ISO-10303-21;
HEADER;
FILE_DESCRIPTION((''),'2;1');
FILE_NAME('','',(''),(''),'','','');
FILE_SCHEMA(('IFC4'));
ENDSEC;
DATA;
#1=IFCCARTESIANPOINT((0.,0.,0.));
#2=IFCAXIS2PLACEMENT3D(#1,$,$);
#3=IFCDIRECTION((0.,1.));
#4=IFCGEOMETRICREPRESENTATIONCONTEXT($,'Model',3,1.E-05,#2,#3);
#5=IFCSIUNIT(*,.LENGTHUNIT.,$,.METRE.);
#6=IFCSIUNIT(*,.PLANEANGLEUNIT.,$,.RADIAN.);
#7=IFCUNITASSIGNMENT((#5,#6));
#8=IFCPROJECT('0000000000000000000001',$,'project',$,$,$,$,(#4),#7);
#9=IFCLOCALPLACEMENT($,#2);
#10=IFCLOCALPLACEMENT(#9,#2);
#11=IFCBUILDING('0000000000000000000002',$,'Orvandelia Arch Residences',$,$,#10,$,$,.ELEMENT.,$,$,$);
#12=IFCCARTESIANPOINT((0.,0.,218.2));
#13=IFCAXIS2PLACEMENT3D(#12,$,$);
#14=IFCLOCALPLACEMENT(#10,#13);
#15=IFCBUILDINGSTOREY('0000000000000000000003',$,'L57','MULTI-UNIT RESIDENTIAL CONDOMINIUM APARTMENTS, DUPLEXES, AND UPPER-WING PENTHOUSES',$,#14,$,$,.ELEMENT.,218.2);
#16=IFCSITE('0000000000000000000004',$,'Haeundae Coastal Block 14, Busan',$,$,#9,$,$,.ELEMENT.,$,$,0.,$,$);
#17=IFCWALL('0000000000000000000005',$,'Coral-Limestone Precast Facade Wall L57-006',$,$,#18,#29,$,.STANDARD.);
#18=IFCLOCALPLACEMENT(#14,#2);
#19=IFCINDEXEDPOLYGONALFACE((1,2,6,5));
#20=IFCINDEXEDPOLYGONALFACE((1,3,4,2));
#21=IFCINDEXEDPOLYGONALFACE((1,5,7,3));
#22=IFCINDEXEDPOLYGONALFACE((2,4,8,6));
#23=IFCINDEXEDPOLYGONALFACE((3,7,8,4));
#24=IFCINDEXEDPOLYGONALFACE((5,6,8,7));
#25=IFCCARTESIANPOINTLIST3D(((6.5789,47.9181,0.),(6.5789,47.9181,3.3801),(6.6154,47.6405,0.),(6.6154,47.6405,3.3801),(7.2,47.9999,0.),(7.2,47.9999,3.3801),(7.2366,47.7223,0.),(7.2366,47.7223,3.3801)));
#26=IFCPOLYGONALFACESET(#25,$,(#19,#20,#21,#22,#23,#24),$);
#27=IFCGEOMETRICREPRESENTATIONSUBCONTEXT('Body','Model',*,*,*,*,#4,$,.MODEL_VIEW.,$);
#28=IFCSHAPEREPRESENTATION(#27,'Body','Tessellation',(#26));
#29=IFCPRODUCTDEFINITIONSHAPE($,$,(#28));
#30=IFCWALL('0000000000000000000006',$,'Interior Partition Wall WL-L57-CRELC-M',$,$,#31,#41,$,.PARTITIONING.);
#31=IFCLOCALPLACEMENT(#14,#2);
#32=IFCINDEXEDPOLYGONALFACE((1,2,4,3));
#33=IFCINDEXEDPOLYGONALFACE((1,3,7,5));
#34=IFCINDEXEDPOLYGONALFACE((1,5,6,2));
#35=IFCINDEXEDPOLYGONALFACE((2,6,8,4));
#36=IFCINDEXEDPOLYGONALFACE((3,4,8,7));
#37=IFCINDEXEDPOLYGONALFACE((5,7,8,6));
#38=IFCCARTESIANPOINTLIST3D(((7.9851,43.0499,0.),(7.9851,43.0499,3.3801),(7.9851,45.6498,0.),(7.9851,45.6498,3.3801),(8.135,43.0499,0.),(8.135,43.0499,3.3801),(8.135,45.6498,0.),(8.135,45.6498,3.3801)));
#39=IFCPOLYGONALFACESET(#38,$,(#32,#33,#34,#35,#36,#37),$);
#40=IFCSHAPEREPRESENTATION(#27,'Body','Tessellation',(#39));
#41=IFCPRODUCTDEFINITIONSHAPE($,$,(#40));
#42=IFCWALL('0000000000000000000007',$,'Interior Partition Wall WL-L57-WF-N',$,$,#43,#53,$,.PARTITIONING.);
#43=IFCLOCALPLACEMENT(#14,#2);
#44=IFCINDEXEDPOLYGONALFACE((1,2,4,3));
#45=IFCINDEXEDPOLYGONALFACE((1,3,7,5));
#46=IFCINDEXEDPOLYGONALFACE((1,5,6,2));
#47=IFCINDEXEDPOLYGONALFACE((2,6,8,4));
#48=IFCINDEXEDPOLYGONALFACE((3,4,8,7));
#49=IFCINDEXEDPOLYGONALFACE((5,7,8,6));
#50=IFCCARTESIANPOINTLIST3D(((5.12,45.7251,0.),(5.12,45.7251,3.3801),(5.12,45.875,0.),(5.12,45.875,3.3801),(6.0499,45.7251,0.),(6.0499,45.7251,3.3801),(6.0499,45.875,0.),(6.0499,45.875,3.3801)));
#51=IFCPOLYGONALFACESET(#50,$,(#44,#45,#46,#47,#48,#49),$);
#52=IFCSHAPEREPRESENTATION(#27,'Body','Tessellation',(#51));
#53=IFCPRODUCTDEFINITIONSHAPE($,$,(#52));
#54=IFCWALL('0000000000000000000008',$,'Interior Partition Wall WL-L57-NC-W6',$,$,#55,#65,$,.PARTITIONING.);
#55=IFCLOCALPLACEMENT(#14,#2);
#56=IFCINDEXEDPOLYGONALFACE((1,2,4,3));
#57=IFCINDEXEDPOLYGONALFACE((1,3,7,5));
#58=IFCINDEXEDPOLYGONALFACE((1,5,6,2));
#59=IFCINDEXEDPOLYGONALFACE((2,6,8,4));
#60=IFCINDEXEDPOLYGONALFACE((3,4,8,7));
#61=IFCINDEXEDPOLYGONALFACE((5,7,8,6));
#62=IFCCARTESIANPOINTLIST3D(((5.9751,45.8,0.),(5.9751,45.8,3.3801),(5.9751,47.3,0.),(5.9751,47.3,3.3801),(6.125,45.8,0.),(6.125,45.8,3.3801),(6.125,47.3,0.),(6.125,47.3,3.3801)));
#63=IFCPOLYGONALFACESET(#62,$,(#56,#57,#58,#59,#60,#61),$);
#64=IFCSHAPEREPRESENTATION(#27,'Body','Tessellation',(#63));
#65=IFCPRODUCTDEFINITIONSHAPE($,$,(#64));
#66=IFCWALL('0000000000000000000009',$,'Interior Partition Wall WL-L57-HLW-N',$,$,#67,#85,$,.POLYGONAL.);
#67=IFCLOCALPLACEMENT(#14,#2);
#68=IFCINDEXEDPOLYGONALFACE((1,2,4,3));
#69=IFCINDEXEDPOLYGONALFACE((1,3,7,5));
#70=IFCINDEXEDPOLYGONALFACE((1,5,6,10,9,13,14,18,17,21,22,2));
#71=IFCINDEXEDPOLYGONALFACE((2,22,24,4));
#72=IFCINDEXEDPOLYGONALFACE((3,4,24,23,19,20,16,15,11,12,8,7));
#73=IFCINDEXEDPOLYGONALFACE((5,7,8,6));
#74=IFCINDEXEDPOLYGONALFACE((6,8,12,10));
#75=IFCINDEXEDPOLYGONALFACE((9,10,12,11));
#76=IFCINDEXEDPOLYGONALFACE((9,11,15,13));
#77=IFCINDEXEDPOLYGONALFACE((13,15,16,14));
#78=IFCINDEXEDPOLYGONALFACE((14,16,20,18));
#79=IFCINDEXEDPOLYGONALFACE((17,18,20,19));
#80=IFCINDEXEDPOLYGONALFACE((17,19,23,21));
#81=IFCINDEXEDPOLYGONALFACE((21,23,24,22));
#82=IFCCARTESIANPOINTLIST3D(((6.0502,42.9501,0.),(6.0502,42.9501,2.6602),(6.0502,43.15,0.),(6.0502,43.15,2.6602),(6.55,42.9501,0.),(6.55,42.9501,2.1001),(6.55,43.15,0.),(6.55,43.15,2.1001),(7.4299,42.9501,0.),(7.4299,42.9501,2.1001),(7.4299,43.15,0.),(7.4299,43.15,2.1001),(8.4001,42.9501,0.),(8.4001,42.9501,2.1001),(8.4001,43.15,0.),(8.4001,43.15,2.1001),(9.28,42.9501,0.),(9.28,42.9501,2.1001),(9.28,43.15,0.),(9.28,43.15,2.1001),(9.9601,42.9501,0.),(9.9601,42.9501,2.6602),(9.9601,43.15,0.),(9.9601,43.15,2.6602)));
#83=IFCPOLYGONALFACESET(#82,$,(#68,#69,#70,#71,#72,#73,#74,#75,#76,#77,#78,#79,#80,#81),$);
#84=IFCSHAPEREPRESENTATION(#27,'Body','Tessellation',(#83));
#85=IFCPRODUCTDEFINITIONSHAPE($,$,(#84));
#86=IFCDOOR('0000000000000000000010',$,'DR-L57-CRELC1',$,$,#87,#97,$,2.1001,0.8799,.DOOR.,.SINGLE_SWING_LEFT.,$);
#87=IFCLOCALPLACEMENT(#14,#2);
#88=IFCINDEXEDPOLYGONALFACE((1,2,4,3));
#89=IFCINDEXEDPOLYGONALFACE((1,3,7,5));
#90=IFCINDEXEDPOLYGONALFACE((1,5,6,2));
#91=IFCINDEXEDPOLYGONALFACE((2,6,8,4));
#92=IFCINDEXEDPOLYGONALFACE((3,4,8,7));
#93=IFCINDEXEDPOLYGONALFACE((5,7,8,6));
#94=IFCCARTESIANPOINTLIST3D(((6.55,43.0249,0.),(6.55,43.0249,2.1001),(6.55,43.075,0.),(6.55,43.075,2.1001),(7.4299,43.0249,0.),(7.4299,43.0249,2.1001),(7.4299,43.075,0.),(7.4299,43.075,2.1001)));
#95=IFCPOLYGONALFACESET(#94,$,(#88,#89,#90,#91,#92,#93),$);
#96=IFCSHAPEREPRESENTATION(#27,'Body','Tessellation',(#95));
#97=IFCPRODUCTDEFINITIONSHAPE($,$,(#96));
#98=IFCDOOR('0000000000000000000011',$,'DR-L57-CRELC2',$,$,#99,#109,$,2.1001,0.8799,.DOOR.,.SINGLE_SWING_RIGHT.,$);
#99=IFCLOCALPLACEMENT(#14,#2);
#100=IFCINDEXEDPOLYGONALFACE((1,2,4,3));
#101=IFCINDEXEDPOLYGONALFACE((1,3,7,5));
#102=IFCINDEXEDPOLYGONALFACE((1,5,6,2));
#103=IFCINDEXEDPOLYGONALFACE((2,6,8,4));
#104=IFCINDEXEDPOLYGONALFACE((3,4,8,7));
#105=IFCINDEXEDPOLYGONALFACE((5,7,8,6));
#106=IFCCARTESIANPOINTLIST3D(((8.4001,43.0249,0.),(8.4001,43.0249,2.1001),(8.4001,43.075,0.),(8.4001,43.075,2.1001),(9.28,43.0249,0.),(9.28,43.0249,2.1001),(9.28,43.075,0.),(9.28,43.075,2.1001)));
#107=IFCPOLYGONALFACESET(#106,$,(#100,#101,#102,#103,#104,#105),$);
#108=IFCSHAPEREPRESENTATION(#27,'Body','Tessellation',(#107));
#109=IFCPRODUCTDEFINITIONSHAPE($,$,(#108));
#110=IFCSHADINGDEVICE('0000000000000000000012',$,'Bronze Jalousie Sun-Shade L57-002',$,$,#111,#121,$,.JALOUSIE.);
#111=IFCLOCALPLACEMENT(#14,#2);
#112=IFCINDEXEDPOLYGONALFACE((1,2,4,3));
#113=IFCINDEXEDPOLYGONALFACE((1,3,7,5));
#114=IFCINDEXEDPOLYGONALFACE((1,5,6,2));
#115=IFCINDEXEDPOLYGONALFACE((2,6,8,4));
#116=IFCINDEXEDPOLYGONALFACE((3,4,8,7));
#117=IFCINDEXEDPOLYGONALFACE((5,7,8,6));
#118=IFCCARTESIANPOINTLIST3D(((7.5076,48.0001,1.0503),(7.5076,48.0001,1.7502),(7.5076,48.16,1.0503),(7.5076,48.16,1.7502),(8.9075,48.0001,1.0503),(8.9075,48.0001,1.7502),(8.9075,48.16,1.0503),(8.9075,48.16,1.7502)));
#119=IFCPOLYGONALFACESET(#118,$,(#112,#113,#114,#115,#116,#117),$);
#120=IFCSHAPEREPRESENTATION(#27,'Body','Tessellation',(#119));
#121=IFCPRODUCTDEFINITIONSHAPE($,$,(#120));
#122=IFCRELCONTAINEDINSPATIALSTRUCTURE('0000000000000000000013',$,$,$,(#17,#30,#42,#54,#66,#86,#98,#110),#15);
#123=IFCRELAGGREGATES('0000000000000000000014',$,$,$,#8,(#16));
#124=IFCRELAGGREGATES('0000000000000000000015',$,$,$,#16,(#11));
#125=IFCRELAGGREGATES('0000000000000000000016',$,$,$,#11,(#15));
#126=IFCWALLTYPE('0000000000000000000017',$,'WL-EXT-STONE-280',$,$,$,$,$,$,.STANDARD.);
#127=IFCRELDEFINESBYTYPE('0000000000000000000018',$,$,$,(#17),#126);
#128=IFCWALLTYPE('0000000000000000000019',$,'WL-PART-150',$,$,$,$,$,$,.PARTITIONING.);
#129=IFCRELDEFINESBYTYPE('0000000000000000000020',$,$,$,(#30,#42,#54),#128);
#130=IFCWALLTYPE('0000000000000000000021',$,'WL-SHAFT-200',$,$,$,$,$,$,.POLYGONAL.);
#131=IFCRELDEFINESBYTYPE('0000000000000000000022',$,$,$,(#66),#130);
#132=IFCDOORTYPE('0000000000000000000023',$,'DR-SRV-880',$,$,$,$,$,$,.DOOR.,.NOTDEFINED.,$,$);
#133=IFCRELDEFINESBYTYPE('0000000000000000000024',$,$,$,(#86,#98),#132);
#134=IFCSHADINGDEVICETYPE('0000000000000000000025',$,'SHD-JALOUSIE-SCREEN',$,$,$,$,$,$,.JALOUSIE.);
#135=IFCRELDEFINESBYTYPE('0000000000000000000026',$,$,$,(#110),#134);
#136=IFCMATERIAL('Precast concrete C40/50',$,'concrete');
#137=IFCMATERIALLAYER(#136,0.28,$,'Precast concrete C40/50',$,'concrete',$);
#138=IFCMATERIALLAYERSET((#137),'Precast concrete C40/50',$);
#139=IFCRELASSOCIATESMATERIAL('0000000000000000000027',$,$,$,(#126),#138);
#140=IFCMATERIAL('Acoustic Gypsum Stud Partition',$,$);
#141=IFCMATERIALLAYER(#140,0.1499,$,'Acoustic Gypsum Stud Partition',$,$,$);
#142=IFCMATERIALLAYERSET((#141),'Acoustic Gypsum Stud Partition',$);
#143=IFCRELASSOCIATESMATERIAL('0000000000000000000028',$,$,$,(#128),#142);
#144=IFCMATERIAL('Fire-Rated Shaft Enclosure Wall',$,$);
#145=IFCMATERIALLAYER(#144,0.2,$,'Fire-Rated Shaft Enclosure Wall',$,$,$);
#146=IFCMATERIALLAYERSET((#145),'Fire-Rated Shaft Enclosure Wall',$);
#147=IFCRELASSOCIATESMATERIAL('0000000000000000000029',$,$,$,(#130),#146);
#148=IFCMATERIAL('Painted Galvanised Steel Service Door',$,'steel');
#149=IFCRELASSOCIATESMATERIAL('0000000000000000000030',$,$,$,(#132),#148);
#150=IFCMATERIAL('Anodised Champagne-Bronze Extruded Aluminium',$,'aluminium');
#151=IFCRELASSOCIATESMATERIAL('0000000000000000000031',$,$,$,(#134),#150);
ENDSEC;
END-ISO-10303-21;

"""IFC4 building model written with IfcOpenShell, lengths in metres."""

from ifc_helpers import new_model, si_unit, direction, frame, frame_2d, origin, origin_2d, place, context, subcontext, project, spatial, rectangle, extrude, material, layer, layer_set, type_object, element, fill, save


model = new_model("IFC4")

# Units and contexts
model_context = context("Model", 3, precision=1e-05, world=origin(), true_north=direction((0.0, 1.0)))
body_context = subcontext(model_context, "Body", "Model", "MODEL_VIEW")
ifc_project = project(units=[si_unit("LENGTHUNIT", "METRE"), si_unit("PLANEANGLEUNIT", "RADIAN")], contexts=[model_context])

# Site, building, storey
site_placement = place(None, origin())
site = spatial("IfcSite", under=ifc_project, at=site_placement, Name="Haeundae Coastal Block 14, Busan", CompositionType="ELEMENT", RefElevation=0.0)
building_placement = place(site_placement, origin())
building = spatial("IfcBuilding", under=site, at=building_placement, Name="Orvandelia Arch Residences", CompositionType="ELEMENT")
storey_placement = place(building_placement, frame((0.0, 0.0, 218.2)))
storey = spatial("IfcBuildingStorey", under=building, at=storey_placement, Name="L57", Description="MULTI-UNIT RESIDENTIAL CONDOMINIUM APARTMENTS, DUPLEXES, AND UPPER-WING PENTHOUSES", CompositionType="ELEMENT", Elevation=218.2)

# Wall
ifc_material_1 = material(Name="Precast concrete C40/50", Category="concrete")
ifc_layer_1 = layer(ifc_material_1, 0.28, Name="Precast concrete C40/50", Category="concrete")
ifc_layer_set_1 = layer_set([ifc_layer_1], Name="Precast concrete C40/50")
wall_type_1 = type_object("IfcWallType", Name="WL-EXT-STONE-280", PredefinedType="STANDARD", material=ifc_layer_set_1)
wall_1_placement = place(storey_placement, frame((6.5972, 47.7793, 0.0), z_axis=(0.0, 0.0, 1.0), x_axis=(0.991441, 0.130555, 0.0)))
element("IfcWall", 1, at=wall_1_placement, inside=storey, type_object=wall_type_1, Name="Coral-Limestone Precast Facade Wall L57-006", PredefinedType="STANDARD", context=body_context, shape_type="SweptSolid", body=[
    extrude(rectangle(XDim=0.6265, YDim=0.28, at=frame_2d((0.3132, 0.0))), origin(), (0.0, 0.0, 1.0), 3.3801),
])

# Walls
ifc_material_2 = material(Name="Acoustic Gypsum Stud Partition")
ifc_layer_2 = layer(ifc_material_2, 0.1499, Name="Acoustic Gypsum Stud Partition")
ifc_layer_set_2 = layer_set([ifc_layer_2], Name="Acoustic Gypsum Stud Partition")
wall_type_2 = type_object("IfcWallType", Name="WL-PART-150", PredefinedType="PARTITIONING", material=ifc_layer_set_2)
wall_2_placement = place(storey_placement, frame((8.0601, 43.05, 0.0), z_axis=(0.0, 0.0, 1.0), x_axis=(0.0, 1.0, 0.0)))
element("IfcWall", 2, at=wall_2_placement, inside=storey, type_object=wall_type_2, Name="Interior Partition Wall WL-L57-CRELC-M", PredefinedType="PARTITIONING", context=body_context, shape_type="SweptSolid", body=[
    extrude(rectangle(XDim=2.5999, YDim=0.1499, at=frame_2d((1.2998, 0.0))), origin(), (0.0, 0.0, 1.0), 3.3801),
])
wall_3_placement = place(storey_placement, frame((5.1201, 45.8, 0.0), z_axis=(0.0, 0.0, 1.0), x_axis=(1.0, 0.0, 0.0)))
element("IfcWall", 3, at=wall_3_placement, inside=storey, type_object=wall_type_2, Name="Interior Partition Wall WL-L57-WF-N", PredefinedType="PARTITIONING", context=body_context, shape_type="SweptSolid", body=[
    extrude(rectangle(XDim=0.9299, YDim=0.1499, at=frame_2d((0.4648, 0.0))), origin(), (0.0, 0.0, 1.0), 3.3801),
])
wall_4_placement = place(storey_placement, frame((6.05, 45.8, 0.0), z_axis=(0.0, 0.0, 1.0), x_axis=(0.0, 1.0, 0.0)))
element("IfcWall", 4, at=wall_4_placement, inside=storey, type_object=wall_type_2, Name="Interior Partition Wall WL-L57-NC-W6", PredefinedType="PARTITIONING", context=body_context, shape_type="SweptSolid", body=[
    extrude(rectangle(XDim=1.5, YDim=0.1499, at=frame_2d((0.75, 0.0))), origin(), (0.0, 0.0, 1.0), 3.3801),
])

# Wall, openings, doors
ifc_material_3 = material(Name="Fire-Rated Shaft Enclosure Wall")
ifc_layer_3 = layer(ifc_material_3, 0.2, Name="Fire-Rated Shaft Enclosure Wall")
ifc_layer_set_3 = layer_set([ifc_layer_3], Name="Fire-Rated Shaft Enclosure Wall")
wall_type_3 = type_object("IfcWallType", Name="WL-SHAFT-200", PredefinedType="POLYGONAL", material=ifc_layer_set_3)
wall_5_placement = place(storey_placement, frame((6.05, 43.05, 0.0), z_axis=(0.0, 0.0, 1.0), x_axis=(1.0, 0.0, 0.0)))
wall_5 = element("IfcWall", 5, at=wall_5_placement, inside=storey, type_object=wall_type_3, Name="Interior Partition Wall WL-L57-HLW-N", PredefinedType="POLYGONAL", context=body_context, shape_type="SweptSolid", body=[
    extrude(rectangle(XDim=3.9099, YDim=0.2, at=frame_2d((1.9551, 0.0))), origin(), (0.0, 0.0, 1.0), 2.6602),
])
opening_1_placement = place(wall_5_placement, frame((0.5, 0.0, 0.0)))
opening_1 = element("IfcOpeningElement", 6, at=opening_1_placement, cuts=wall_5, PredefinedType="OPENING", context=body_context, shape_type="SweptSolid", body=[
    extrude(rectangle(XDim=0.8799, YDim=2.1001, at=frame_2d((0.4399, 1.05))), frame((0.0, 0.1099, 0.0), z_axis=(0.0, -1.0, 0.0), x_axis=(1.0, 0.0, 0.0)), (0.0, 0.0, 1.0), 0.22),
])
opening_2_placement = place(wall_5_placement, frame((2.3501, 0.0, 0.0)))
opening_2 = element("IfcOpeningElement", 7, at=opening_2_placement, cuts=wall_5, PredefinedType="OPENING", context=body_context, shape_type="SweptSolid", body=[
    extrude(rectangle(XDim=0.8799, YDim=2.1001, at=frame_2d((0.4399, 1.05))), frame((0.0, 0.1099, 0.0), z_axis=(0.0, -1.0, 0.0), x_axis=(1.0, 0.0, 0.0)), (0.0, 0.0, 1.0), 0.22),
])
ifc_material_4 = material(Name="Painted Galvanised Steel Service Door", Category="steel")
door_type = type_object("IfcDoorType", Name="DR-SRV-880", OperationType="NOTDEFINED", PredefinedType="DOOR", material=ifc_material_4)
door_1_placement = place(opening_1_placement, origin())
door_1 = element("IfcDoor", 8, at=door_1_placement, inside=storey, type_object=door_type, Name="DR-L57-CRELC1", OperationType="SINGLE_SWING_LEFT", OverallHeight=2.1001, OverallWidth=0.8799, PredefinedType="DOOR", context=body_context, shape_type="SweptSolid", body=[
    extrude(rectangle(XDim=0.8799, YDim=2.1001, at=frame_2d((0.4399, 1.05))), frame((0.0, 0.0249, 0.0), z_axis=(0.0, -1.0, 0.0), x_axis=(1.0, 0.0, 0.0)), (0.0, 0.0, 1.0), 0.05),
])
fill(opening_1, door_1)
door_2_placement = place(opening_2_placement, origin())
door_2 = element("IfcDoor", 9, at=door_2_placement, inside=storey, type_object=door_type, Name="DR-L57-CRELC2", OperationType="SINGLE_SWING_RIGHT", OverallHeight=2.1001, OverallWidth=0.8799, PredefinedType="DOOR", context=body_context, shape_type="SweptSolid", body=[
    extrude(rectangle(XDim=0.8799, YDim=2.1001, at=frame_2d((0.4399, 1.05))), frame((0.0, 0.0249, 0.0), z_axis=(0.0, -1.0, 0.0), x_axis=(1.0, 0.0, 0.0)), (0.0, 0.0, 1.0), 0.05),
])
fill(opening_2, door_2)

# Shading device
ifc_material_5 = material(Name="Anodised Champagne-Bronze Extruded Aluminium", Category="aluminium")
shading_device_type = type_object("IfcShadingDeviceType", Name="SHD-JALOUSIE-SCREEN", PredefinedType="JALOUSIE", material=ifc_material_5)
shading_device_placement = place(storey_placement, frame((8.2075, 48.0801, 1.0503), z_axis=(0.0, 0.0, 1.0), x_axis=(1.0, 0.0, 0.0)))
element("IfcShadingDevice", 10, at=shading_device_placement, inside=storey, type_object=shading_device_type, Name="Bronze Jalousie Sun-Shade L57-002", PredefinedType="JALOUSIE", context=body_context, shape_type="SweptSolid", body=[
    extrude(rectangle(XDim=1.3999, YDim=0.1599, at=origin_2d()), origin(), (0.0, 0.0, 1.0), 0.7),
])

save(model, "model.ifc")
